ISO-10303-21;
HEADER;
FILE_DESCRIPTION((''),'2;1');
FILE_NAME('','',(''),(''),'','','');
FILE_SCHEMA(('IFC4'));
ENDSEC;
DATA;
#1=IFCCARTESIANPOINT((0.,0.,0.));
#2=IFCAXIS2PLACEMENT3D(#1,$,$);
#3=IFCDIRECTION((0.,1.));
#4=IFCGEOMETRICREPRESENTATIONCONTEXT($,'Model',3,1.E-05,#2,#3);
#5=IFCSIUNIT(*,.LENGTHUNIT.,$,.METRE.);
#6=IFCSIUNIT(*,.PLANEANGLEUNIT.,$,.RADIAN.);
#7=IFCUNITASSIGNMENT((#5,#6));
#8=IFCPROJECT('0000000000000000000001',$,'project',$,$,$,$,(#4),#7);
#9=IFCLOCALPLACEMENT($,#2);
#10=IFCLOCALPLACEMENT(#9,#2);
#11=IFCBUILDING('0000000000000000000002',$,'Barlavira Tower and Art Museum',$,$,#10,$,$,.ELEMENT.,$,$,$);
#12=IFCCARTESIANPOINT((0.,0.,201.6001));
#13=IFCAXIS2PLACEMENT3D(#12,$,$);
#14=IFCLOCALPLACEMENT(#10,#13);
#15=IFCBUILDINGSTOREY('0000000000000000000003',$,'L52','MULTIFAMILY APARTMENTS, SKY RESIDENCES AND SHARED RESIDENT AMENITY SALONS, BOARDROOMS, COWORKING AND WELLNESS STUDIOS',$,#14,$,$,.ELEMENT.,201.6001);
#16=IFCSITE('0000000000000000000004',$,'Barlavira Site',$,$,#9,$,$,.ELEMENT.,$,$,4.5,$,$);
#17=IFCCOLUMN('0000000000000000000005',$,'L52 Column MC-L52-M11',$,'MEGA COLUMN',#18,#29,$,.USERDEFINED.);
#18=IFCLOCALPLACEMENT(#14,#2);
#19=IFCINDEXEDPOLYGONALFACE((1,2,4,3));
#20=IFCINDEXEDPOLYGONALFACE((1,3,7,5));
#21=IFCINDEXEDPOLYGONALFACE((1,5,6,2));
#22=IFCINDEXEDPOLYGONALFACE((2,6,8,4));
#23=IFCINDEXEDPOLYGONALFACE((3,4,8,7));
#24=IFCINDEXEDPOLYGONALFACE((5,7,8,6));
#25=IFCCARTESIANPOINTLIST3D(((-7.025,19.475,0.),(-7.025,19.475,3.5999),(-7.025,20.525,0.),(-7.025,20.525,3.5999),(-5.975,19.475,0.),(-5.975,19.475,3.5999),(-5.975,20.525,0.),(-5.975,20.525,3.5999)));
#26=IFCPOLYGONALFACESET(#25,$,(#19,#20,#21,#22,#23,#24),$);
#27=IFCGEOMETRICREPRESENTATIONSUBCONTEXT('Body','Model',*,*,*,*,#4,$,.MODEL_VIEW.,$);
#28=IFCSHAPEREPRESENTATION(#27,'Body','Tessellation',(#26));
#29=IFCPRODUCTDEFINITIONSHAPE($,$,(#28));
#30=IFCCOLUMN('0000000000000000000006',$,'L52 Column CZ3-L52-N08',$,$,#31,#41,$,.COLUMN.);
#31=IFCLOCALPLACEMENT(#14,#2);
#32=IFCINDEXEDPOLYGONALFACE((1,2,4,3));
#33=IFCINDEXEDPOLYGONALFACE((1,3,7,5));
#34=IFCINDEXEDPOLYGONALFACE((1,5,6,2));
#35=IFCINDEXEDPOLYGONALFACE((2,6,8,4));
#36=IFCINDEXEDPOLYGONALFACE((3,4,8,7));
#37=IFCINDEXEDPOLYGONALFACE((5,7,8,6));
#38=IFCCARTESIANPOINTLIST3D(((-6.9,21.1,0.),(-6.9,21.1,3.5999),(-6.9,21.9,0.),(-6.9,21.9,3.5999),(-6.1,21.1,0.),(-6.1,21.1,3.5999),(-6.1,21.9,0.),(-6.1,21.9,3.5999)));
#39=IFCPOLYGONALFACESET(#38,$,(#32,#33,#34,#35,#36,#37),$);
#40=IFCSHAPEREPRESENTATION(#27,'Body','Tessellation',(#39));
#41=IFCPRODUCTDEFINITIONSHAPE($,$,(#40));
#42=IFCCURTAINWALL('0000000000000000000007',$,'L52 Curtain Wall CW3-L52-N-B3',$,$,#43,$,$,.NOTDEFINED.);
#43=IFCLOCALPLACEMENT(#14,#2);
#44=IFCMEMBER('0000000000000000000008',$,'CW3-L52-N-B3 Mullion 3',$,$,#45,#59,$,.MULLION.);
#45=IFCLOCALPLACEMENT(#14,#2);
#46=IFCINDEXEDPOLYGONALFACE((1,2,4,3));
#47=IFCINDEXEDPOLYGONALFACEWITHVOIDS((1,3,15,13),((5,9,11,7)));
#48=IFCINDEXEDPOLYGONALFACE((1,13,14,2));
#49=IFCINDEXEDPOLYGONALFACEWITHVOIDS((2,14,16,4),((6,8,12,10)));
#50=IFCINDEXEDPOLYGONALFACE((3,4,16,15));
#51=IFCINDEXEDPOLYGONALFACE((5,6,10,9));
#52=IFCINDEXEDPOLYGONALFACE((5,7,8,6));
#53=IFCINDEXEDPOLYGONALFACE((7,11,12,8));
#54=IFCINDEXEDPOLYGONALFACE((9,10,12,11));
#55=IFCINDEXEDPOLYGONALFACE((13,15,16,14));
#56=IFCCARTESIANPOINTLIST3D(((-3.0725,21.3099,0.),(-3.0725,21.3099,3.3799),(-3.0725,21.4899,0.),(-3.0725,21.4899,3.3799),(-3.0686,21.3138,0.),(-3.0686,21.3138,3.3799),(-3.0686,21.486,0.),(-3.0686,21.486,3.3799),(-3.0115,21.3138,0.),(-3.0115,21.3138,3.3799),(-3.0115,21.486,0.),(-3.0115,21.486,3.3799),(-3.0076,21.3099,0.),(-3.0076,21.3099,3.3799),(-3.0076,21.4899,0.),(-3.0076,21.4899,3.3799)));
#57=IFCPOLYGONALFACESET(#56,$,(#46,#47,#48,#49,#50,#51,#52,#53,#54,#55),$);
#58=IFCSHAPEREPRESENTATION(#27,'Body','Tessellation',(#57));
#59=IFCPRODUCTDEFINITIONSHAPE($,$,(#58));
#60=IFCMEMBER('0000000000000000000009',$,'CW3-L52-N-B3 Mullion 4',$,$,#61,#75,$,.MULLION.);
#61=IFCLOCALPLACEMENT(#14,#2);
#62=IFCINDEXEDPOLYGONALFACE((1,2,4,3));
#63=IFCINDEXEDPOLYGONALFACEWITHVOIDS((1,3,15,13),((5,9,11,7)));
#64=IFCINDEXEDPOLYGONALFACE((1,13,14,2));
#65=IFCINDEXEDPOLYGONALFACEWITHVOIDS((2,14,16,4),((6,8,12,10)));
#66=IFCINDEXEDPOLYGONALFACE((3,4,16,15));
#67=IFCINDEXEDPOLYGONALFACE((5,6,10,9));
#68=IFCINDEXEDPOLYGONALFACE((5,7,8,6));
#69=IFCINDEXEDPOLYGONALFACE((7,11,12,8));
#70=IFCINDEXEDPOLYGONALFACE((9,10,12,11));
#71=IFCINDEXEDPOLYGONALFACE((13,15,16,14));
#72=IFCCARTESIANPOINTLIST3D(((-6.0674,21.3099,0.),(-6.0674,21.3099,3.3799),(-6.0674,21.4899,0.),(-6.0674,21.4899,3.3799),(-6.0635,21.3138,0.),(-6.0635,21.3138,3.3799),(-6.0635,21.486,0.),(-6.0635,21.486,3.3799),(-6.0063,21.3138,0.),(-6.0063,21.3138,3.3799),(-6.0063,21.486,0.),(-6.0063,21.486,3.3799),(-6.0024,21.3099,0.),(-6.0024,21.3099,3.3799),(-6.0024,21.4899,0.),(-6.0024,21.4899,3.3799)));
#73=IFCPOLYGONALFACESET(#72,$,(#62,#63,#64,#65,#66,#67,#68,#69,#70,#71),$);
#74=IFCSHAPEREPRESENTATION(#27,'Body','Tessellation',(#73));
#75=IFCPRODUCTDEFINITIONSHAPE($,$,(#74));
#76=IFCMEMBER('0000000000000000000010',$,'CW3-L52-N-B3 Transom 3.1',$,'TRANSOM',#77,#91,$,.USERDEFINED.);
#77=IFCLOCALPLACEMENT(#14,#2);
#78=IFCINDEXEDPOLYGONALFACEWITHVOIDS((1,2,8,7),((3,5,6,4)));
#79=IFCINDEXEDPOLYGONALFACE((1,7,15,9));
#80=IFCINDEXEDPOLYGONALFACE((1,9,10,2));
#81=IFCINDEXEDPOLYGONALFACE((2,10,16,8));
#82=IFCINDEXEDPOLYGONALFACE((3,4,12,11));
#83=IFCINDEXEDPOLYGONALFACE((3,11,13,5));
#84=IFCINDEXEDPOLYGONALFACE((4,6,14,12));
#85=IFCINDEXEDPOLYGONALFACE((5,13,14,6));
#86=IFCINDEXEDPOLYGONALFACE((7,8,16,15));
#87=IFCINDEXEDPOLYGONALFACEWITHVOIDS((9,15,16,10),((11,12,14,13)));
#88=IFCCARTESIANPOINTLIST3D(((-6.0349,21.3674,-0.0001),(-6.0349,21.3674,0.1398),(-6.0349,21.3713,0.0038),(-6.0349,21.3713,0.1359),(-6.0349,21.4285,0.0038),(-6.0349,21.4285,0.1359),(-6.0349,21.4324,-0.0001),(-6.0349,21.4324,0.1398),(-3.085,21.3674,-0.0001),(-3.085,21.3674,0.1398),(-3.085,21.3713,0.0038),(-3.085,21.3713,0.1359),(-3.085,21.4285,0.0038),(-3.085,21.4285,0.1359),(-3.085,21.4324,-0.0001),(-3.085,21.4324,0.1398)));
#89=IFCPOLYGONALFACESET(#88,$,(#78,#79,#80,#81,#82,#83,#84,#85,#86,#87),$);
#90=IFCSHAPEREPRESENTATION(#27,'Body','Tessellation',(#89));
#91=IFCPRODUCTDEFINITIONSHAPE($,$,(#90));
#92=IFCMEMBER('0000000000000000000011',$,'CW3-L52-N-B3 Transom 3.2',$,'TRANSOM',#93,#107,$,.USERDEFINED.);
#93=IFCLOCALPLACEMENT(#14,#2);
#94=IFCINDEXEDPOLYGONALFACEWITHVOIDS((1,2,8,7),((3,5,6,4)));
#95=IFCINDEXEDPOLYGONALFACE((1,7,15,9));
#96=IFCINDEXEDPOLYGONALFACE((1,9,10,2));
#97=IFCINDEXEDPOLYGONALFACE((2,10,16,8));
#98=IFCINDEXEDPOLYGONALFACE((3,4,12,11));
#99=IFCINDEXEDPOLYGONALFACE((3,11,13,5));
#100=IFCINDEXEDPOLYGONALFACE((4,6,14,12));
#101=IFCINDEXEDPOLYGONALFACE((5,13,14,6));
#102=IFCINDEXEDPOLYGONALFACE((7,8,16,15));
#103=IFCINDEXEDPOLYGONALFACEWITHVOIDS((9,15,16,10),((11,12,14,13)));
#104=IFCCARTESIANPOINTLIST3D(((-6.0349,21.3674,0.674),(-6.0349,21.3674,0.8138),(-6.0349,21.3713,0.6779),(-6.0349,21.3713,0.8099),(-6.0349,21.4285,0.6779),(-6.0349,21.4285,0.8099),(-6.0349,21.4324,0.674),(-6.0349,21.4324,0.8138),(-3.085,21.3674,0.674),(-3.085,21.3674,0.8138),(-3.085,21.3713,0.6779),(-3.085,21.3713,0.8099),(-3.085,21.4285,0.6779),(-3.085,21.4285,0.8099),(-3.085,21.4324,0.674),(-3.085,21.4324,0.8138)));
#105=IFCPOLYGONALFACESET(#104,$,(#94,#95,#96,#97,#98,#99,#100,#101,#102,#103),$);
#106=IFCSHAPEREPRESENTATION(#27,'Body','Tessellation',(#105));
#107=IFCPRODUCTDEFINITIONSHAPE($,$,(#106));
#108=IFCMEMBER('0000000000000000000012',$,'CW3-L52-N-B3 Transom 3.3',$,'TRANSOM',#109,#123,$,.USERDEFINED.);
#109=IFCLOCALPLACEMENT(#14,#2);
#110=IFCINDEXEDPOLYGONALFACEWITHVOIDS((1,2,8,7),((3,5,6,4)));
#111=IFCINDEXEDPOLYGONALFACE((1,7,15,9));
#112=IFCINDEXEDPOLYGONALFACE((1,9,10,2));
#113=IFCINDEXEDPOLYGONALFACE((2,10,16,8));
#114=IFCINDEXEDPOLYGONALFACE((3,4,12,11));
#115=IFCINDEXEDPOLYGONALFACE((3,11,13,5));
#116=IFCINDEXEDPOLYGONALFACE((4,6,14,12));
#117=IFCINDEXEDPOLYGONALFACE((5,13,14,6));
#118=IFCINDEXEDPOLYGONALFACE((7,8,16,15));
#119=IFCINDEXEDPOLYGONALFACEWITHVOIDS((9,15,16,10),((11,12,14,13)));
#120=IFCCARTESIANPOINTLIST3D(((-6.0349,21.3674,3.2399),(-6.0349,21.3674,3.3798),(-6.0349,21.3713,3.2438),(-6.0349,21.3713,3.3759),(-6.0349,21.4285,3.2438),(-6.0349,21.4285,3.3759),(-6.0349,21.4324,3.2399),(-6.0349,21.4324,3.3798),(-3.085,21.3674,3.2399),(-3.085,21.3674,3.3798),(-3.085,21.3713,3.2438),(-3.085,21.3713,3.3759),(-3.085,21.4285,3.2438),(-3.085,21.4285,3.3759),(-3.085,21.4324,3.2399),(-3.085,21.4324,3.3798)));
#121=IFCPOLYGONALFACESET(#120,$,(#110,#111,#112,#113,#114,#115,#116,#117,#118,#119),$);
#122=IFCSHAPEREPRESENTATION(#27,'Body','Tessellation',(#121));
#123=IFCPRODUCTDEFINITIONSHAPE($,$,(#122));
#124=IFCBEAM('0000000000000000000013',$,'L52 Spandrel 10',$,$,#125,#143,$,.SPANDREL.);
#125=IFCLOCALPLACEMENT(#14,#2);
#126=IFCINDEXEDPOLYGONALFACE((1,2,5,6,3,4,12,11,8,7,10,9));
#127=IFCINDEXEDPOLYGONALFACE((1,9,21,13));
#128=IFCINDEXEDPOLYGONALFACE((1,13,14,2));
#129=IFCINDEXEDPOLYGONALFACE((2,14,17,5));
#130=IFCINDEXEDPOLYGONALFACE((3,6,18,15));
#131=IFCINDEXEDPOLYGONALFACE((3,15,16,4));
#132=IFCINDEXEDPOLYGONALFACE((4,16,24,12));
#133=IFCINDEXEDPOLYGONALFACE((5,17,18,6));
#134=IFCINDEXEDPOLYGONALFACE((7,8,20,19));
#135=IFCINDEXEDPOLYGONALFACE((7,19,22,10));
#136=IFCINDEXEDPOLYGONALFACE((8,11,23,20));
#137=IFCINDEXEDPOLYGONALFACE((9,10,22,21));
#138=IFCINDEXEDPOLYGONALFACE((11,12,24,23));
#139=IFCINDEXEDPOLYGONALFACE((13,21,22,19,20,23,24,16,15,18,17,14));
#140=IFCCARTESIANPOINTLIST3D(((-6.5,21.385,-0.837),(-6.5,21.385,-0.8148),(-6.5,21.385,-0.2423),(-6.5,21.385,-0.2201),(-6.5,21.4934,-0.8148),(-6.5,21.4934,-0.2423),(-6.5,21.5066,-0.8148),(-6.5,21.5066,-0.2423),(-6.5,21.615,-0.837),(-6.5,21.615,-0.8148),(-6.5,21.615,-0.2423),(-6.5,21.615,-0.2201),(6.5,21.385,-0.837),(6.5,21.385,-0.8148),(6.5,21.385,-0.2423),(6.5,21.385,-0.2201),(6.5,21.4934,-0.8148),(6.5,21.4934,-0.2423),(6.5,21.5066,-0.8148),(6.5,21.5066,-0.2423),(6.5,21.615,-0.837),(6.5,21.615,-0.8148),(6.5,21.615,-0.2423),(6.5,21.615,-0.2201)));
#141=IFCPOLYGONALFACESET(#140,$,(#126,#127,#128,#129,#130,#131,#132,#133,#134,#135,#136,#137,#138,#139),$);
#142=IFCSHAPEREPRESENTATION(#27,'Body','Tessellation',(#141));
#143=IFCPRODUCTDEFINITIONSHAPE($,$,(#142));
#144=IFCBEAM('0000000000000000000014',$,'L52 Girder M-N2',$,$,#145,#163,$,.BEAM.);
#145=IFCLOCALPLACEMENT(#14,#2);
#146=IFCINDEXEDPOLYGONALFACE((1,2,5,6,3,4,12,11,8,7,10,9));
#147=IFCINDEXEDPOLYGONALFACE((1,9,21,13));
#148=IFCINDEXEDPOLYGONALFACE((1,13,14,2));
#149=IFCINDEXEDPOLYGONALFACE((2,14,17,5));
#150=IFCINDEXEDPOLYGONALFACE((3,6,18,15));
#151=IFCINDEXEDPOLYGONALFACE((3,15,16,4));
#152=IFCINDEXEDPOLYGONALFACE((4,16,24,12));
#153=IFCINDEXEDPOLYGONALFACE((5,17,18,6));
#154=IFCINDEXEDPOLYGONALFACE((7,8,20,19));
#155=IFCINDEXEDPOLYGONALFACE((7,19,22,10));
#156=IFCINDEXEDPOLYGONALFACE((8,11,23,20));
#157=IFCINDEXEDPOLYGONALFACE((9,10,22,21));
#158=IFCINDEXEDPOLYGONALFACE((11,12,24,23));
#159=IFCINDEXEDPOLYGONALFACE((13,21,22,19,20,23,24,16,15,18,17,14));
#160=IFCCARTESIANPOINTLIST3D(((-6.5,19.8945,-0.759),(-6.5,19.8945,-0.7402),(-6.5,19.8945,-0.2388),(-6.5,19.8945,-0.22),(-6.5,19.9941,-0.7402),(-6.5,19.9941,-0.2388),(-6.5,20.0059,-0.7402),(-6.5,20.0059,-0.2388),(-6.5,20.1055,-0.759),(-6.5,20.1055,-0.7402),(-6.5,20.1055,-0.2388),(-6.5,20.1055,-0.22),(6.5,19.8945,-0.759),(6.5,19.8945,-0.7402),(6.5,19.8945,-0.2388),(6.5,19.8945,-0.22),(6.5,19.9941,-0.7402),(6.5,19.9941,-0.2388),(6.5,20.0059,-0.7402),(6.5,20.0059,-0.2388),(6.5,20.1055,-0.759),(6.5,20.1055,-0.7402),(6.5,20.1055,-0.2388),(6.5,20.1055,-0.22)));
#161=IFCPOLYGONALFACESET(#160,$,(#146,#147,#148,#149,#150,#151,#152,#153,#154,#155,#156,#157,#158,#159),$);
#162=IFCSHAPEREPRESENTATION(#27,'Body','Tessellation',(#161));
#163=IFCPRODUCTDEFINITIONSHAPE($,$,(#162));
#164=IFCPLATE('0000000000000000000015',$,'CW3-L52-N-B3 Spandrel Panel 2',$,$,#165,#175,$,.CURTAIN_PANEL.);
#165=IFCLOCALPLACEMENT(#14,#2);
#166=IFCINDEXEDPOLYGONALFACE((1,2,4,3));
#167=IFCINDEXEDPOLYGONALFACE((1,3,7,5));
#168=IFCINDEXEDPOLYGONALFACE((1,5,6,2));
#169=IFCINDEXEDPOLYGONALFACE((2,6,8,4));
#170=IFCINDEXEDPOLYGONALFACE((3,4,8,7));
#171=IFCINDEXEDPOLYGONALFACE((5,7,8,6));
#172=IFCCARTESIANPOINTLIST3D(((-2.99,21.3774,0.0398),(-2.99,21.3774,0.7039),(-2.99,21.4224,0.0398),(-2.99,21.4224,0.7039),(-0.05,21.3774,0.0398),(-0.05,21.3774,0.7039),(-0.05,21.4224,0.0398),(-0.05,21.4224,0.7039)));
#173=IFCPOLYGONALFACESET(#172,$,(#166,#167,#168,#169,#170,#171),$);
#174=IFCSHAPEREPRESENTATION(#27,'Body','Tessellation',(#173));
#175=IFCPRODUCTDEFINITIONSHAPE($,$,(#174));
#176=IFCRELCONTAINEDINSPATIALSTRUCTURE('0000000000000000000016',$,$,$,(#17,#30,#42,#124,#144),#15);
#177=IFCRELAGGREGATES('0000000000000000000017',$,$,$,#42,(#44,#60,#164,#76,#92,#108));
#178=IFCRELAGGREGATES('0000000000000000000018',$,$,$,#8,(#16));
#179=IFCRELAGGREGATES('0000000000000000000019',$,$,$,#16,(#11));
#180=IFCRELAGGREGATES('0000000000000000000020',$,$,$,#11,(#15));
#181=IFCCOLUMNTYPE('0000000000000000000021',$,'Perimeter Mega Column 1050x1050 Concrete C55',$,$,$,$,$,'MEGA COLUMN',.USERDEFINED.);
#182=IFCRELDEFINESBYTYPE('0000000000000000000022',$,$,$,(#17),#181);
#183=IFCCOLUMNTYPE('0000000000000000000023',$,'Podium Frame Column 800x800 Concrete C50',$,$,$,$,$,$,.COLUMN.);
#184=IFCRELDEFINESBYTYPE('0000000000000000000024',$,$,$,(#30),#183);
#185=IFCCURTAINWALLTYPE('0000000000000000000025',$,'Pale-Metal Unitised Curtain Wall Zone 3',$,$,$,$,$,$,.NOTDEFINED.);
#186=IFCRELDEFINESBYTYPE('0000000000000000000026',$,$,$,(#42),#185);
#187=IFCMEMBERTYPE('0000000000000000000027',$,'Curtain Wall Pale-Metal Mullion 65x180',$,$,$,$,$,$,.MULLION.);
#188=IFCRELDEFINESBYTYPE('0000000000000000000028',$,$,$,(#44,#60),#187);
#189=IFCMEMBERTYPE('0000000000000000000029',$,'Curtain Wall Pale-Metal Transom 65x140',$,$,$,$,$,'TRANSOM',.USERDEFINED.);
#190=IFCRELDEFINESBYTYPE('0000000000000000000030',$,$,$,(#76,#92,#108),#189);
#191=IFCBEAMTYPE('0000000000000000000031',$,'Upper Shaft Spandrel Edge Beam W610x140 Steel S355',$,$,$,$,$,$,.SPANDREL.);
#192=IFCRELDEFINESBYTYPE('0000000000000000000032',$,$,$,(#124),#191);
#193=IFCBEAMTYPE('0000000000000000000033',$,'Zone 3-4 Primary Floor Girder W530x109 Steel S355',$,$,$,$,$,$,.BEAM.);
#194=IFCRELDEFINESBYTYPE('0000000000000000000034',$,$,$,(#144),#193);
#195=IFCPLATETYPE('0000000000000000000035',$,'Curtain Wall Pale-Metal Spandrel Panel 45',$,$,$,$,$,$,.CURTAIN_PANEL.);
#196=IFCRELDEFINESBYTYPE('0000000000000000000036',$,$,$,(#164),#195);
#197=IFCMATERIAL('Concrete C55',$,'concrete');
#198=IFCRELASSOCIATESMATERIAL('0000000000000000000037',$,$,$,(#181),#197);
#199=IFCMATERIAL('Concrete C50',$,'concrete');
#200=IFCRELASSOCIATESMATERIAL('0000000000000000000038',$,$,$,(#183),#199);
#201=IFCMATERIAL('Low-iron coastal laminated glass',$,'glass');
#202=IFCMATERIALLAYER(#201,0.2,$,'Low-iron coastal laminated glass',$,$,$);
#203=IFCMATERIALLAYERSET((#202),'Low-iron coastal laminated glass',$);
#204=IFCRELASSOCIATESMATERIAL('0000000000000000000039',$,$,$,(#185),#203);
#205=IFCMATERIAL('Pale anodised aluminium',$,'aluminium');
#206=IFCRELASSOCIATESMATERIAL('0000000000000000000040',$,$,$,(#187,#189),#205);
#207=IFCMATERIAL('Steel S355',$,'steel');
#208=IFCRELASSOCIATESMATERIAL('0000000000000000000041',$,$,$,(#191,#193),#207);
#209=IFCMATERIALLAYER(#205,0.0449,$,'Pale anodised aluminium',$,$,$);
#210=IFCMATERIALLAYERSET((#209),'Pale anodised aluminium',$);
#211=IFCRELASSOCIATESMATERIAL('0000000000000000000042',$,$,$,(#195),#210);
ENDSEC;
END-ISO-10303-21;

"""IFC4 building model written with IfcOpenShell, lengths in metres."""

from ifc_helpers import new_model, si_unit, direction, frame, origin, origin_2d, place, context, subcontext, project, spatial, rectangle, hollow_rectangle, i_section, extrude, material, layer, layer_set, material_profile, profile_set, type_object, element, aggregate, save


model = new_model("IFC4")

# Units and contexts
model_context = context("Model", 3, precision=1e-05, world=origin(), true_north=direction((0.0, 1.0)))
body_context = subcontext(model_context, "Body", "Model", "MODEL_VIEW")
ifc_project = project(units=[si_unit("LENGTHUNIT", "METRE"), si_unit("PLANEANGLEUNIT", "RADIAN")], contexts=[model_context])

# Site, building, storey
site_placement = place(None, origin())
site = spatial("IfcSite", under=ifc_project, at=site_placement, Name="Barlavira Site", CompositionType="ELEMENT", RefElevation=4.5)
building_placement = place(site_placement, origin())
building = spatial("IfcBuilding", under=site, at=building_placement, Name="Barlavira Tower and Art Museum", CompositionType="ELEMENT")
storey_placement = place(building_placement, frame((0.0, 0.0, 201.6001)))
storey = spatial("IfcBuildingStorey", under=building, at=storey_placement, Name="L52", Description="MULTIFAMILY APARTMENTS, SKY RESIDENCES AND SHARED RESIDENT AMENITY SALONS, BOARDROOMS, COWORKING AND WELLNESS STUDIOS", CompositionType="ELEMENT", Elevation=201.6001)

# Columns
ifc_material_1 = material(Name="Concrete C55", Category="concrete")
ifc_material_profile_1 = material_profile(ifc_material_1, rectangle(XDim=1.05, YDim=1.05, at=origin_2d()), Name="RC-COL 1050x1050")
ifc_profile_set_1 = profile_set([ifc_material_profile_1], Name="Concrete C55")
column_type_1 = type_object("IfcColumnType", Name="Perimeter Mega Column 1050x1050 Concrete C55", ElementType="MEGA COLUMN", PredefinedType="USERDEFINED", material=ifc_profile_set_1)
column_1_placement = place(storey_placement, frame((-6.5, 20.0, 0.0), z_axis=(0.0, 0.0, 1.0), x_axis=(1.0, 0.0, 0.0)))
element("IfcColumn", 1, at=column_1_placement, inside=storey, type_object=column_type_1, Name="L52 Column MC-L52-M11", ObjectType="MEGA COLUMN", PredefinedType="USERDEFINED", context=body_context, shape_type="SweptSolid", body=[
    extrude(rectangle(XDim=1.05, YDim=1.05, at=origin_2d()), origin(), (0.0, 0.0, 1.0), 3.5999),
])
ifc_material_2 = material(Name="Concrete C50", Category="concrete")
ifc_material_profile_2 = material_profile(ifc_material_2, rectangle(XDim=0.8, YDim=0.8, at=origin_2d()), Name="RC-COL 800x800")
ifc_profile_set_2 = profile_set([ifc_material_profile_2], Name="Concrete C50")
column_type_2 = type_object("IfcColumnType", Name="Podium Frame Column 800x800 Concrete C50", PredefinedType="COLUMN", material=ifc_profile_set_2)
column_2_placement = place(storey_placement, frame((-6.5, 21.5, 0.0), z_axis=(0.0, 0.0, 1.0), x_axis=(1.0, 0.0, 0.0)))
element("IfcColumn", 2, at=column_2_placement, inside=storey, type_object=column_type_2, Name="L52 Column CZ3-L52-N08", PredefinedType="COLUMN", context=body_context, shape_type="SweptSolid", body=[
    extrude(rectangle(XDim=0.8, YDim=0.8, at=origin_2d()), origin(), (0.0, 0.0, 1.0), 3.5999),
])

# Curtain wall, members
ifc_material_3 = material(Name="Low-iron coastal laminated glass", Category="glass")
ifc_layer_1 = layer(ifc_material_3, 0.2, Name="Low-iron coastal laminated glass")
ifc_layer_set_1 = layer_set([ifc_layer_1], Name="Low-iron coastal laminated glass")
curtain_wall_type = type_object("IfcCurtainWallType", Name="Pale-Metal Unitised Curtain Wall Zone 3", PredefinedType="NOTDEFINED", material=ifc_layer_set_1)
curtain_wall_placement = place(storey_placement, origin())
curtain_wall = element("IfcCurtainWall", 3, at=curtain_wall_placement, inside=storey, type_object=curtain_wall_type, Name="L52 Curtain Wall CW3-L52-N-B3", PredefinedType="NOTDEFINED")
ifc_material_4 = material(Name="Pale anodised aluminium", Category="aluminium")
ifc_material_profile_3 = material_profile(ifc_material_4, hollow_rectangle(XDim=0.0649, YDim=0.1799, WallThickness=0.0039, at=origin_2d()), Name="ALU-MULL 65x180x4")
ifc_profile_set_3 = profile_set([ifc_material_profile_3], Name="Pale anodised aluminium")
member_type_1 = type_object("IfcMemberType", Name="Curtain Wall Pale-Metal Mullion 65x180", PredefinedType="MULLION", material=ifc_profile_set_3)
member_1_placement = place(storey_placement, frame((-3.04, 21.3999, 0.0), z_axis=(0.0, 0.0, 1.0), x_axis=(-1.0, 0.0, 0.0)))
member_1 = element("IfcMember", 4, at=member_1_placement, type_object=member_type_1, Name="CW3-L52-N-B3 Mullion 3", PredefinedType="MULLION", context=body_context, shape_type="SweptSolid", body=[
    extrude(hollow_rectangle(XDim=0.0649, YDim=0.1799, WallThickness=0.0039, at=origin_2d()), origin(), (0.0, 0.0, 1.0), 3.3799),
])
member_2_placement = place(storey_placement, frame((-6.0349, 21.3999, 0.0), z_axis=(0.0, 0.0, 1.0), x_axis=(-1.0, 0.0, 0.0)))
member_2 = element("IfcMember", 5, at=member_2_placement, type_object=member_type_1, Name="CW3-L52-N-B3 Mullion 4", PredefinedType="MULLION", context=body_context, shape_type="SweptSolid", body=[
    extrude(hollow_rectangle(XDim=0.0649, YDim=0.1799, WallThickness=0.0039, at=origin_2d()), origin(), (0.0, 0.0, 1.0), 3.3799),
])
ifc_material_profile_4 = material_profile(ifc_material_4, hollow_rectangle(XDim=0.0649, YDim=0.1399, WallThickness=0.0039, at=origin_2d()), Name="ALU-TRAN 65x140x4")
ifc_profile_set_4 = profile_set([ifc_material_profile_4], Name="Pale anodised aluminium")
member_type_2 = type_object("IfcMemberType", Name="Curtain Wall Pale-Metal Transom 65x140", ElementType="TRANSOM", PredefinedType="USERDEFINED", material=ifc_profile_set_4)
member_3_placement = place(storey_placement, frame((-3.085, 21.3999, 0.0698), z_axis=(-1.0, 0.0, 0.0), x_axis=(0.0, -1.0, 0.0)))
member_3 = element("IfcMember", 6, at=member_3_placement, type_object=member_type_2, Name="CW3-L52-N-B3 Transom 3.1", ObjectType="TRANSOM", PredefinedType="USERDEFINED", context=body_context, shape_type="SweptSolid", body=[
    extrude(hollow_rectangle(XDim=0.0649, YDim=0.1399, WallThickness=0.0039, at=origin_2d()), origin(), (0.0, 0.0, 1.0), 2.95),
])
member_4_placement = place(storey_placement, frame((-3.085, 21.3999, 0.7439), z_axis=(-1.0, 0.0, 0.0), x_axis=(0.0, -1.0, 0.0)))
member_4 = element("IfcMember", 7, at=member_4_placement, type_object=member_type_2, Name="CW3-L52-N-B3 Transom 3.2", ObjectType="TRANSOM", PredefinedType="USERDEFINED", context=body_context, shape_type="SweptSolid", body=[
    extrude(hollow_rectangle(XDim=0.0649, YDim=0.1399, WallThickness=0.0039, at=origin_2d()), origin(), (0.0, 0.0, 1.0), 2.95),
])
member_5_placement = place(storey_placement, frame((-3.085, 21.3999, 3.3098), z_axis=(-1.0, 0.0, 0.0), x_axis=(0.0, -1.0, 0.0)))
member_5 = element("IfcMember", 8, at=member_5_placement, type_object=member_type_2, Name="CW3-L52-N-B3 Transom 3.3", ObjectType="TRANSOM", PredefinedType="USERDEFINED", context=body_context, shape_type="SweptSolid", body=[
    extrude(hollow_rectangle(XDim=0.0649, YDim=0.1399, WallThickness=0.0039, at=origin_2d()), origin(), (0.0, 0.0, 1.0), 2.95),
])

# Beams
ifc_material_5 = material(Name="Steel S355", Category="steel")
ifc_material_profile_5 = material_profile(ifc_material_5, i_section(OverallWidth=0.23, OverallDepth=0.6169, WebThickness=0.0132, FlangeThickness=0.0222, at=origin_2d()), Name="W610x140.0")
ifc_profile_set_5 = profile_set([ifc_material_profile_5], Name="Steel S355")
beam_type_1 = type_object("IfcBeamType", Name="Upper Shaft Spandrel Edge Beam W610x140 Steel S355", PredefinedType="SPANDREL", material=ifc_profile_set_5)
beam_1_placement = place(storey_placement, frame((-6.5, 21.5, -0.5286), z_axis=(1.0, 0.0, 0.0), x_axis=(0.0, 1.0, 0.0)))
element("IfcBeam", 9, at=beam_1_placement, inside=storey, type_object=beam_type_1, Name="L52 Spandrel 10", PredefinedType="SPANDREL", context=body_context, shape_type="SweptSolid", body=[
    extrude(i_section(OverallWidth=0.23, OverallDepth=0.6169, WebThickness=0.0132, FlangeThickness=0.0222, at=origin_2d()), origin(), (0.0, 0.0, 1.0), 13.0),
])
ifc_material_profile_6 = material_profile(ifc_material_5, i_section(OverallWidth=0.2109, OverallDepth=0.5391, WebThickness=0.0117, FlangeThickness=0.0188, at=origin_2d()), Name="W530x109.0")
ifc_profile_set_6 = profile_set([ifc_material_profile_6], Name="Steel S355")
beam_type_2 = type_object("IfcBeamType", Name="Zone 3-4 Primary Floor Girder W530x109 Steel S355", PredefinedType="BEAM", material=ifc_profile_set_6)
beam_2_placement = place(storey_placement, frame((-6.5, 20.0, -0.4895), z_axis=(1.0, 0.0, 0.0), x_axis=(0.0, 1.0, 0.0)))
element("IfcBeam", 10, at=beam_2_placement, inside=storey, type_object=beam_type_2, Name="L52 Girder M-N2", PredefinedType="BEAM", context=body_context, shape_type="SweptSolid", body=[
    extrude(i_section(OverallWidth=0.2109, OverallDepth=0.5391, WebThickness=0.0117, FlangeThickness=0.0188, at=origin_2d()), origin(), (0.0, 0.0, 1.0), 13.0),
])

# Plate
ifc_layer_2 = layer(ifc_material_4, 0.0449, Name="Pale anodised aluminium")
ifc_layer_set_2 = layer_set([ifc_layer_2], Name="Pale anodised aluminium")
plate_type_1 = type_object("IfcPlateType", Name="Curtain Wall Pale-Metal Spandrel Panel 45", PredefinedType="CURTAIN_PANEL", material=ifc_layer_set_2)
plate_1_placement = place(storey_placement, frame((-1.52, 21.3999, 0.0398), z_axis=(0.0, 0.0, 1.0), x_axis=(-1.0, 0.0, 0.0)))
plate_1 = element("IfcPlate", 11, at=plate_1_placement, type_object=plate_type_1, Name="CW3-L52-N-B3 Spandrel Panel 2", PredefinedType="CURTAIN_PANEL", context=body_context, shape_type="SweptSolid", body=[
    extrude(rectangle(XDim=2.9399, YDim=0.0449, at=origin_2d()), origin(), (0.0, 0.0, 1.0), 0.6641),
])
aggregate(curtain_wall, [member_1, member_2, plate_1, member_3, member_4, member_5])

save(model, "model.ifc")
